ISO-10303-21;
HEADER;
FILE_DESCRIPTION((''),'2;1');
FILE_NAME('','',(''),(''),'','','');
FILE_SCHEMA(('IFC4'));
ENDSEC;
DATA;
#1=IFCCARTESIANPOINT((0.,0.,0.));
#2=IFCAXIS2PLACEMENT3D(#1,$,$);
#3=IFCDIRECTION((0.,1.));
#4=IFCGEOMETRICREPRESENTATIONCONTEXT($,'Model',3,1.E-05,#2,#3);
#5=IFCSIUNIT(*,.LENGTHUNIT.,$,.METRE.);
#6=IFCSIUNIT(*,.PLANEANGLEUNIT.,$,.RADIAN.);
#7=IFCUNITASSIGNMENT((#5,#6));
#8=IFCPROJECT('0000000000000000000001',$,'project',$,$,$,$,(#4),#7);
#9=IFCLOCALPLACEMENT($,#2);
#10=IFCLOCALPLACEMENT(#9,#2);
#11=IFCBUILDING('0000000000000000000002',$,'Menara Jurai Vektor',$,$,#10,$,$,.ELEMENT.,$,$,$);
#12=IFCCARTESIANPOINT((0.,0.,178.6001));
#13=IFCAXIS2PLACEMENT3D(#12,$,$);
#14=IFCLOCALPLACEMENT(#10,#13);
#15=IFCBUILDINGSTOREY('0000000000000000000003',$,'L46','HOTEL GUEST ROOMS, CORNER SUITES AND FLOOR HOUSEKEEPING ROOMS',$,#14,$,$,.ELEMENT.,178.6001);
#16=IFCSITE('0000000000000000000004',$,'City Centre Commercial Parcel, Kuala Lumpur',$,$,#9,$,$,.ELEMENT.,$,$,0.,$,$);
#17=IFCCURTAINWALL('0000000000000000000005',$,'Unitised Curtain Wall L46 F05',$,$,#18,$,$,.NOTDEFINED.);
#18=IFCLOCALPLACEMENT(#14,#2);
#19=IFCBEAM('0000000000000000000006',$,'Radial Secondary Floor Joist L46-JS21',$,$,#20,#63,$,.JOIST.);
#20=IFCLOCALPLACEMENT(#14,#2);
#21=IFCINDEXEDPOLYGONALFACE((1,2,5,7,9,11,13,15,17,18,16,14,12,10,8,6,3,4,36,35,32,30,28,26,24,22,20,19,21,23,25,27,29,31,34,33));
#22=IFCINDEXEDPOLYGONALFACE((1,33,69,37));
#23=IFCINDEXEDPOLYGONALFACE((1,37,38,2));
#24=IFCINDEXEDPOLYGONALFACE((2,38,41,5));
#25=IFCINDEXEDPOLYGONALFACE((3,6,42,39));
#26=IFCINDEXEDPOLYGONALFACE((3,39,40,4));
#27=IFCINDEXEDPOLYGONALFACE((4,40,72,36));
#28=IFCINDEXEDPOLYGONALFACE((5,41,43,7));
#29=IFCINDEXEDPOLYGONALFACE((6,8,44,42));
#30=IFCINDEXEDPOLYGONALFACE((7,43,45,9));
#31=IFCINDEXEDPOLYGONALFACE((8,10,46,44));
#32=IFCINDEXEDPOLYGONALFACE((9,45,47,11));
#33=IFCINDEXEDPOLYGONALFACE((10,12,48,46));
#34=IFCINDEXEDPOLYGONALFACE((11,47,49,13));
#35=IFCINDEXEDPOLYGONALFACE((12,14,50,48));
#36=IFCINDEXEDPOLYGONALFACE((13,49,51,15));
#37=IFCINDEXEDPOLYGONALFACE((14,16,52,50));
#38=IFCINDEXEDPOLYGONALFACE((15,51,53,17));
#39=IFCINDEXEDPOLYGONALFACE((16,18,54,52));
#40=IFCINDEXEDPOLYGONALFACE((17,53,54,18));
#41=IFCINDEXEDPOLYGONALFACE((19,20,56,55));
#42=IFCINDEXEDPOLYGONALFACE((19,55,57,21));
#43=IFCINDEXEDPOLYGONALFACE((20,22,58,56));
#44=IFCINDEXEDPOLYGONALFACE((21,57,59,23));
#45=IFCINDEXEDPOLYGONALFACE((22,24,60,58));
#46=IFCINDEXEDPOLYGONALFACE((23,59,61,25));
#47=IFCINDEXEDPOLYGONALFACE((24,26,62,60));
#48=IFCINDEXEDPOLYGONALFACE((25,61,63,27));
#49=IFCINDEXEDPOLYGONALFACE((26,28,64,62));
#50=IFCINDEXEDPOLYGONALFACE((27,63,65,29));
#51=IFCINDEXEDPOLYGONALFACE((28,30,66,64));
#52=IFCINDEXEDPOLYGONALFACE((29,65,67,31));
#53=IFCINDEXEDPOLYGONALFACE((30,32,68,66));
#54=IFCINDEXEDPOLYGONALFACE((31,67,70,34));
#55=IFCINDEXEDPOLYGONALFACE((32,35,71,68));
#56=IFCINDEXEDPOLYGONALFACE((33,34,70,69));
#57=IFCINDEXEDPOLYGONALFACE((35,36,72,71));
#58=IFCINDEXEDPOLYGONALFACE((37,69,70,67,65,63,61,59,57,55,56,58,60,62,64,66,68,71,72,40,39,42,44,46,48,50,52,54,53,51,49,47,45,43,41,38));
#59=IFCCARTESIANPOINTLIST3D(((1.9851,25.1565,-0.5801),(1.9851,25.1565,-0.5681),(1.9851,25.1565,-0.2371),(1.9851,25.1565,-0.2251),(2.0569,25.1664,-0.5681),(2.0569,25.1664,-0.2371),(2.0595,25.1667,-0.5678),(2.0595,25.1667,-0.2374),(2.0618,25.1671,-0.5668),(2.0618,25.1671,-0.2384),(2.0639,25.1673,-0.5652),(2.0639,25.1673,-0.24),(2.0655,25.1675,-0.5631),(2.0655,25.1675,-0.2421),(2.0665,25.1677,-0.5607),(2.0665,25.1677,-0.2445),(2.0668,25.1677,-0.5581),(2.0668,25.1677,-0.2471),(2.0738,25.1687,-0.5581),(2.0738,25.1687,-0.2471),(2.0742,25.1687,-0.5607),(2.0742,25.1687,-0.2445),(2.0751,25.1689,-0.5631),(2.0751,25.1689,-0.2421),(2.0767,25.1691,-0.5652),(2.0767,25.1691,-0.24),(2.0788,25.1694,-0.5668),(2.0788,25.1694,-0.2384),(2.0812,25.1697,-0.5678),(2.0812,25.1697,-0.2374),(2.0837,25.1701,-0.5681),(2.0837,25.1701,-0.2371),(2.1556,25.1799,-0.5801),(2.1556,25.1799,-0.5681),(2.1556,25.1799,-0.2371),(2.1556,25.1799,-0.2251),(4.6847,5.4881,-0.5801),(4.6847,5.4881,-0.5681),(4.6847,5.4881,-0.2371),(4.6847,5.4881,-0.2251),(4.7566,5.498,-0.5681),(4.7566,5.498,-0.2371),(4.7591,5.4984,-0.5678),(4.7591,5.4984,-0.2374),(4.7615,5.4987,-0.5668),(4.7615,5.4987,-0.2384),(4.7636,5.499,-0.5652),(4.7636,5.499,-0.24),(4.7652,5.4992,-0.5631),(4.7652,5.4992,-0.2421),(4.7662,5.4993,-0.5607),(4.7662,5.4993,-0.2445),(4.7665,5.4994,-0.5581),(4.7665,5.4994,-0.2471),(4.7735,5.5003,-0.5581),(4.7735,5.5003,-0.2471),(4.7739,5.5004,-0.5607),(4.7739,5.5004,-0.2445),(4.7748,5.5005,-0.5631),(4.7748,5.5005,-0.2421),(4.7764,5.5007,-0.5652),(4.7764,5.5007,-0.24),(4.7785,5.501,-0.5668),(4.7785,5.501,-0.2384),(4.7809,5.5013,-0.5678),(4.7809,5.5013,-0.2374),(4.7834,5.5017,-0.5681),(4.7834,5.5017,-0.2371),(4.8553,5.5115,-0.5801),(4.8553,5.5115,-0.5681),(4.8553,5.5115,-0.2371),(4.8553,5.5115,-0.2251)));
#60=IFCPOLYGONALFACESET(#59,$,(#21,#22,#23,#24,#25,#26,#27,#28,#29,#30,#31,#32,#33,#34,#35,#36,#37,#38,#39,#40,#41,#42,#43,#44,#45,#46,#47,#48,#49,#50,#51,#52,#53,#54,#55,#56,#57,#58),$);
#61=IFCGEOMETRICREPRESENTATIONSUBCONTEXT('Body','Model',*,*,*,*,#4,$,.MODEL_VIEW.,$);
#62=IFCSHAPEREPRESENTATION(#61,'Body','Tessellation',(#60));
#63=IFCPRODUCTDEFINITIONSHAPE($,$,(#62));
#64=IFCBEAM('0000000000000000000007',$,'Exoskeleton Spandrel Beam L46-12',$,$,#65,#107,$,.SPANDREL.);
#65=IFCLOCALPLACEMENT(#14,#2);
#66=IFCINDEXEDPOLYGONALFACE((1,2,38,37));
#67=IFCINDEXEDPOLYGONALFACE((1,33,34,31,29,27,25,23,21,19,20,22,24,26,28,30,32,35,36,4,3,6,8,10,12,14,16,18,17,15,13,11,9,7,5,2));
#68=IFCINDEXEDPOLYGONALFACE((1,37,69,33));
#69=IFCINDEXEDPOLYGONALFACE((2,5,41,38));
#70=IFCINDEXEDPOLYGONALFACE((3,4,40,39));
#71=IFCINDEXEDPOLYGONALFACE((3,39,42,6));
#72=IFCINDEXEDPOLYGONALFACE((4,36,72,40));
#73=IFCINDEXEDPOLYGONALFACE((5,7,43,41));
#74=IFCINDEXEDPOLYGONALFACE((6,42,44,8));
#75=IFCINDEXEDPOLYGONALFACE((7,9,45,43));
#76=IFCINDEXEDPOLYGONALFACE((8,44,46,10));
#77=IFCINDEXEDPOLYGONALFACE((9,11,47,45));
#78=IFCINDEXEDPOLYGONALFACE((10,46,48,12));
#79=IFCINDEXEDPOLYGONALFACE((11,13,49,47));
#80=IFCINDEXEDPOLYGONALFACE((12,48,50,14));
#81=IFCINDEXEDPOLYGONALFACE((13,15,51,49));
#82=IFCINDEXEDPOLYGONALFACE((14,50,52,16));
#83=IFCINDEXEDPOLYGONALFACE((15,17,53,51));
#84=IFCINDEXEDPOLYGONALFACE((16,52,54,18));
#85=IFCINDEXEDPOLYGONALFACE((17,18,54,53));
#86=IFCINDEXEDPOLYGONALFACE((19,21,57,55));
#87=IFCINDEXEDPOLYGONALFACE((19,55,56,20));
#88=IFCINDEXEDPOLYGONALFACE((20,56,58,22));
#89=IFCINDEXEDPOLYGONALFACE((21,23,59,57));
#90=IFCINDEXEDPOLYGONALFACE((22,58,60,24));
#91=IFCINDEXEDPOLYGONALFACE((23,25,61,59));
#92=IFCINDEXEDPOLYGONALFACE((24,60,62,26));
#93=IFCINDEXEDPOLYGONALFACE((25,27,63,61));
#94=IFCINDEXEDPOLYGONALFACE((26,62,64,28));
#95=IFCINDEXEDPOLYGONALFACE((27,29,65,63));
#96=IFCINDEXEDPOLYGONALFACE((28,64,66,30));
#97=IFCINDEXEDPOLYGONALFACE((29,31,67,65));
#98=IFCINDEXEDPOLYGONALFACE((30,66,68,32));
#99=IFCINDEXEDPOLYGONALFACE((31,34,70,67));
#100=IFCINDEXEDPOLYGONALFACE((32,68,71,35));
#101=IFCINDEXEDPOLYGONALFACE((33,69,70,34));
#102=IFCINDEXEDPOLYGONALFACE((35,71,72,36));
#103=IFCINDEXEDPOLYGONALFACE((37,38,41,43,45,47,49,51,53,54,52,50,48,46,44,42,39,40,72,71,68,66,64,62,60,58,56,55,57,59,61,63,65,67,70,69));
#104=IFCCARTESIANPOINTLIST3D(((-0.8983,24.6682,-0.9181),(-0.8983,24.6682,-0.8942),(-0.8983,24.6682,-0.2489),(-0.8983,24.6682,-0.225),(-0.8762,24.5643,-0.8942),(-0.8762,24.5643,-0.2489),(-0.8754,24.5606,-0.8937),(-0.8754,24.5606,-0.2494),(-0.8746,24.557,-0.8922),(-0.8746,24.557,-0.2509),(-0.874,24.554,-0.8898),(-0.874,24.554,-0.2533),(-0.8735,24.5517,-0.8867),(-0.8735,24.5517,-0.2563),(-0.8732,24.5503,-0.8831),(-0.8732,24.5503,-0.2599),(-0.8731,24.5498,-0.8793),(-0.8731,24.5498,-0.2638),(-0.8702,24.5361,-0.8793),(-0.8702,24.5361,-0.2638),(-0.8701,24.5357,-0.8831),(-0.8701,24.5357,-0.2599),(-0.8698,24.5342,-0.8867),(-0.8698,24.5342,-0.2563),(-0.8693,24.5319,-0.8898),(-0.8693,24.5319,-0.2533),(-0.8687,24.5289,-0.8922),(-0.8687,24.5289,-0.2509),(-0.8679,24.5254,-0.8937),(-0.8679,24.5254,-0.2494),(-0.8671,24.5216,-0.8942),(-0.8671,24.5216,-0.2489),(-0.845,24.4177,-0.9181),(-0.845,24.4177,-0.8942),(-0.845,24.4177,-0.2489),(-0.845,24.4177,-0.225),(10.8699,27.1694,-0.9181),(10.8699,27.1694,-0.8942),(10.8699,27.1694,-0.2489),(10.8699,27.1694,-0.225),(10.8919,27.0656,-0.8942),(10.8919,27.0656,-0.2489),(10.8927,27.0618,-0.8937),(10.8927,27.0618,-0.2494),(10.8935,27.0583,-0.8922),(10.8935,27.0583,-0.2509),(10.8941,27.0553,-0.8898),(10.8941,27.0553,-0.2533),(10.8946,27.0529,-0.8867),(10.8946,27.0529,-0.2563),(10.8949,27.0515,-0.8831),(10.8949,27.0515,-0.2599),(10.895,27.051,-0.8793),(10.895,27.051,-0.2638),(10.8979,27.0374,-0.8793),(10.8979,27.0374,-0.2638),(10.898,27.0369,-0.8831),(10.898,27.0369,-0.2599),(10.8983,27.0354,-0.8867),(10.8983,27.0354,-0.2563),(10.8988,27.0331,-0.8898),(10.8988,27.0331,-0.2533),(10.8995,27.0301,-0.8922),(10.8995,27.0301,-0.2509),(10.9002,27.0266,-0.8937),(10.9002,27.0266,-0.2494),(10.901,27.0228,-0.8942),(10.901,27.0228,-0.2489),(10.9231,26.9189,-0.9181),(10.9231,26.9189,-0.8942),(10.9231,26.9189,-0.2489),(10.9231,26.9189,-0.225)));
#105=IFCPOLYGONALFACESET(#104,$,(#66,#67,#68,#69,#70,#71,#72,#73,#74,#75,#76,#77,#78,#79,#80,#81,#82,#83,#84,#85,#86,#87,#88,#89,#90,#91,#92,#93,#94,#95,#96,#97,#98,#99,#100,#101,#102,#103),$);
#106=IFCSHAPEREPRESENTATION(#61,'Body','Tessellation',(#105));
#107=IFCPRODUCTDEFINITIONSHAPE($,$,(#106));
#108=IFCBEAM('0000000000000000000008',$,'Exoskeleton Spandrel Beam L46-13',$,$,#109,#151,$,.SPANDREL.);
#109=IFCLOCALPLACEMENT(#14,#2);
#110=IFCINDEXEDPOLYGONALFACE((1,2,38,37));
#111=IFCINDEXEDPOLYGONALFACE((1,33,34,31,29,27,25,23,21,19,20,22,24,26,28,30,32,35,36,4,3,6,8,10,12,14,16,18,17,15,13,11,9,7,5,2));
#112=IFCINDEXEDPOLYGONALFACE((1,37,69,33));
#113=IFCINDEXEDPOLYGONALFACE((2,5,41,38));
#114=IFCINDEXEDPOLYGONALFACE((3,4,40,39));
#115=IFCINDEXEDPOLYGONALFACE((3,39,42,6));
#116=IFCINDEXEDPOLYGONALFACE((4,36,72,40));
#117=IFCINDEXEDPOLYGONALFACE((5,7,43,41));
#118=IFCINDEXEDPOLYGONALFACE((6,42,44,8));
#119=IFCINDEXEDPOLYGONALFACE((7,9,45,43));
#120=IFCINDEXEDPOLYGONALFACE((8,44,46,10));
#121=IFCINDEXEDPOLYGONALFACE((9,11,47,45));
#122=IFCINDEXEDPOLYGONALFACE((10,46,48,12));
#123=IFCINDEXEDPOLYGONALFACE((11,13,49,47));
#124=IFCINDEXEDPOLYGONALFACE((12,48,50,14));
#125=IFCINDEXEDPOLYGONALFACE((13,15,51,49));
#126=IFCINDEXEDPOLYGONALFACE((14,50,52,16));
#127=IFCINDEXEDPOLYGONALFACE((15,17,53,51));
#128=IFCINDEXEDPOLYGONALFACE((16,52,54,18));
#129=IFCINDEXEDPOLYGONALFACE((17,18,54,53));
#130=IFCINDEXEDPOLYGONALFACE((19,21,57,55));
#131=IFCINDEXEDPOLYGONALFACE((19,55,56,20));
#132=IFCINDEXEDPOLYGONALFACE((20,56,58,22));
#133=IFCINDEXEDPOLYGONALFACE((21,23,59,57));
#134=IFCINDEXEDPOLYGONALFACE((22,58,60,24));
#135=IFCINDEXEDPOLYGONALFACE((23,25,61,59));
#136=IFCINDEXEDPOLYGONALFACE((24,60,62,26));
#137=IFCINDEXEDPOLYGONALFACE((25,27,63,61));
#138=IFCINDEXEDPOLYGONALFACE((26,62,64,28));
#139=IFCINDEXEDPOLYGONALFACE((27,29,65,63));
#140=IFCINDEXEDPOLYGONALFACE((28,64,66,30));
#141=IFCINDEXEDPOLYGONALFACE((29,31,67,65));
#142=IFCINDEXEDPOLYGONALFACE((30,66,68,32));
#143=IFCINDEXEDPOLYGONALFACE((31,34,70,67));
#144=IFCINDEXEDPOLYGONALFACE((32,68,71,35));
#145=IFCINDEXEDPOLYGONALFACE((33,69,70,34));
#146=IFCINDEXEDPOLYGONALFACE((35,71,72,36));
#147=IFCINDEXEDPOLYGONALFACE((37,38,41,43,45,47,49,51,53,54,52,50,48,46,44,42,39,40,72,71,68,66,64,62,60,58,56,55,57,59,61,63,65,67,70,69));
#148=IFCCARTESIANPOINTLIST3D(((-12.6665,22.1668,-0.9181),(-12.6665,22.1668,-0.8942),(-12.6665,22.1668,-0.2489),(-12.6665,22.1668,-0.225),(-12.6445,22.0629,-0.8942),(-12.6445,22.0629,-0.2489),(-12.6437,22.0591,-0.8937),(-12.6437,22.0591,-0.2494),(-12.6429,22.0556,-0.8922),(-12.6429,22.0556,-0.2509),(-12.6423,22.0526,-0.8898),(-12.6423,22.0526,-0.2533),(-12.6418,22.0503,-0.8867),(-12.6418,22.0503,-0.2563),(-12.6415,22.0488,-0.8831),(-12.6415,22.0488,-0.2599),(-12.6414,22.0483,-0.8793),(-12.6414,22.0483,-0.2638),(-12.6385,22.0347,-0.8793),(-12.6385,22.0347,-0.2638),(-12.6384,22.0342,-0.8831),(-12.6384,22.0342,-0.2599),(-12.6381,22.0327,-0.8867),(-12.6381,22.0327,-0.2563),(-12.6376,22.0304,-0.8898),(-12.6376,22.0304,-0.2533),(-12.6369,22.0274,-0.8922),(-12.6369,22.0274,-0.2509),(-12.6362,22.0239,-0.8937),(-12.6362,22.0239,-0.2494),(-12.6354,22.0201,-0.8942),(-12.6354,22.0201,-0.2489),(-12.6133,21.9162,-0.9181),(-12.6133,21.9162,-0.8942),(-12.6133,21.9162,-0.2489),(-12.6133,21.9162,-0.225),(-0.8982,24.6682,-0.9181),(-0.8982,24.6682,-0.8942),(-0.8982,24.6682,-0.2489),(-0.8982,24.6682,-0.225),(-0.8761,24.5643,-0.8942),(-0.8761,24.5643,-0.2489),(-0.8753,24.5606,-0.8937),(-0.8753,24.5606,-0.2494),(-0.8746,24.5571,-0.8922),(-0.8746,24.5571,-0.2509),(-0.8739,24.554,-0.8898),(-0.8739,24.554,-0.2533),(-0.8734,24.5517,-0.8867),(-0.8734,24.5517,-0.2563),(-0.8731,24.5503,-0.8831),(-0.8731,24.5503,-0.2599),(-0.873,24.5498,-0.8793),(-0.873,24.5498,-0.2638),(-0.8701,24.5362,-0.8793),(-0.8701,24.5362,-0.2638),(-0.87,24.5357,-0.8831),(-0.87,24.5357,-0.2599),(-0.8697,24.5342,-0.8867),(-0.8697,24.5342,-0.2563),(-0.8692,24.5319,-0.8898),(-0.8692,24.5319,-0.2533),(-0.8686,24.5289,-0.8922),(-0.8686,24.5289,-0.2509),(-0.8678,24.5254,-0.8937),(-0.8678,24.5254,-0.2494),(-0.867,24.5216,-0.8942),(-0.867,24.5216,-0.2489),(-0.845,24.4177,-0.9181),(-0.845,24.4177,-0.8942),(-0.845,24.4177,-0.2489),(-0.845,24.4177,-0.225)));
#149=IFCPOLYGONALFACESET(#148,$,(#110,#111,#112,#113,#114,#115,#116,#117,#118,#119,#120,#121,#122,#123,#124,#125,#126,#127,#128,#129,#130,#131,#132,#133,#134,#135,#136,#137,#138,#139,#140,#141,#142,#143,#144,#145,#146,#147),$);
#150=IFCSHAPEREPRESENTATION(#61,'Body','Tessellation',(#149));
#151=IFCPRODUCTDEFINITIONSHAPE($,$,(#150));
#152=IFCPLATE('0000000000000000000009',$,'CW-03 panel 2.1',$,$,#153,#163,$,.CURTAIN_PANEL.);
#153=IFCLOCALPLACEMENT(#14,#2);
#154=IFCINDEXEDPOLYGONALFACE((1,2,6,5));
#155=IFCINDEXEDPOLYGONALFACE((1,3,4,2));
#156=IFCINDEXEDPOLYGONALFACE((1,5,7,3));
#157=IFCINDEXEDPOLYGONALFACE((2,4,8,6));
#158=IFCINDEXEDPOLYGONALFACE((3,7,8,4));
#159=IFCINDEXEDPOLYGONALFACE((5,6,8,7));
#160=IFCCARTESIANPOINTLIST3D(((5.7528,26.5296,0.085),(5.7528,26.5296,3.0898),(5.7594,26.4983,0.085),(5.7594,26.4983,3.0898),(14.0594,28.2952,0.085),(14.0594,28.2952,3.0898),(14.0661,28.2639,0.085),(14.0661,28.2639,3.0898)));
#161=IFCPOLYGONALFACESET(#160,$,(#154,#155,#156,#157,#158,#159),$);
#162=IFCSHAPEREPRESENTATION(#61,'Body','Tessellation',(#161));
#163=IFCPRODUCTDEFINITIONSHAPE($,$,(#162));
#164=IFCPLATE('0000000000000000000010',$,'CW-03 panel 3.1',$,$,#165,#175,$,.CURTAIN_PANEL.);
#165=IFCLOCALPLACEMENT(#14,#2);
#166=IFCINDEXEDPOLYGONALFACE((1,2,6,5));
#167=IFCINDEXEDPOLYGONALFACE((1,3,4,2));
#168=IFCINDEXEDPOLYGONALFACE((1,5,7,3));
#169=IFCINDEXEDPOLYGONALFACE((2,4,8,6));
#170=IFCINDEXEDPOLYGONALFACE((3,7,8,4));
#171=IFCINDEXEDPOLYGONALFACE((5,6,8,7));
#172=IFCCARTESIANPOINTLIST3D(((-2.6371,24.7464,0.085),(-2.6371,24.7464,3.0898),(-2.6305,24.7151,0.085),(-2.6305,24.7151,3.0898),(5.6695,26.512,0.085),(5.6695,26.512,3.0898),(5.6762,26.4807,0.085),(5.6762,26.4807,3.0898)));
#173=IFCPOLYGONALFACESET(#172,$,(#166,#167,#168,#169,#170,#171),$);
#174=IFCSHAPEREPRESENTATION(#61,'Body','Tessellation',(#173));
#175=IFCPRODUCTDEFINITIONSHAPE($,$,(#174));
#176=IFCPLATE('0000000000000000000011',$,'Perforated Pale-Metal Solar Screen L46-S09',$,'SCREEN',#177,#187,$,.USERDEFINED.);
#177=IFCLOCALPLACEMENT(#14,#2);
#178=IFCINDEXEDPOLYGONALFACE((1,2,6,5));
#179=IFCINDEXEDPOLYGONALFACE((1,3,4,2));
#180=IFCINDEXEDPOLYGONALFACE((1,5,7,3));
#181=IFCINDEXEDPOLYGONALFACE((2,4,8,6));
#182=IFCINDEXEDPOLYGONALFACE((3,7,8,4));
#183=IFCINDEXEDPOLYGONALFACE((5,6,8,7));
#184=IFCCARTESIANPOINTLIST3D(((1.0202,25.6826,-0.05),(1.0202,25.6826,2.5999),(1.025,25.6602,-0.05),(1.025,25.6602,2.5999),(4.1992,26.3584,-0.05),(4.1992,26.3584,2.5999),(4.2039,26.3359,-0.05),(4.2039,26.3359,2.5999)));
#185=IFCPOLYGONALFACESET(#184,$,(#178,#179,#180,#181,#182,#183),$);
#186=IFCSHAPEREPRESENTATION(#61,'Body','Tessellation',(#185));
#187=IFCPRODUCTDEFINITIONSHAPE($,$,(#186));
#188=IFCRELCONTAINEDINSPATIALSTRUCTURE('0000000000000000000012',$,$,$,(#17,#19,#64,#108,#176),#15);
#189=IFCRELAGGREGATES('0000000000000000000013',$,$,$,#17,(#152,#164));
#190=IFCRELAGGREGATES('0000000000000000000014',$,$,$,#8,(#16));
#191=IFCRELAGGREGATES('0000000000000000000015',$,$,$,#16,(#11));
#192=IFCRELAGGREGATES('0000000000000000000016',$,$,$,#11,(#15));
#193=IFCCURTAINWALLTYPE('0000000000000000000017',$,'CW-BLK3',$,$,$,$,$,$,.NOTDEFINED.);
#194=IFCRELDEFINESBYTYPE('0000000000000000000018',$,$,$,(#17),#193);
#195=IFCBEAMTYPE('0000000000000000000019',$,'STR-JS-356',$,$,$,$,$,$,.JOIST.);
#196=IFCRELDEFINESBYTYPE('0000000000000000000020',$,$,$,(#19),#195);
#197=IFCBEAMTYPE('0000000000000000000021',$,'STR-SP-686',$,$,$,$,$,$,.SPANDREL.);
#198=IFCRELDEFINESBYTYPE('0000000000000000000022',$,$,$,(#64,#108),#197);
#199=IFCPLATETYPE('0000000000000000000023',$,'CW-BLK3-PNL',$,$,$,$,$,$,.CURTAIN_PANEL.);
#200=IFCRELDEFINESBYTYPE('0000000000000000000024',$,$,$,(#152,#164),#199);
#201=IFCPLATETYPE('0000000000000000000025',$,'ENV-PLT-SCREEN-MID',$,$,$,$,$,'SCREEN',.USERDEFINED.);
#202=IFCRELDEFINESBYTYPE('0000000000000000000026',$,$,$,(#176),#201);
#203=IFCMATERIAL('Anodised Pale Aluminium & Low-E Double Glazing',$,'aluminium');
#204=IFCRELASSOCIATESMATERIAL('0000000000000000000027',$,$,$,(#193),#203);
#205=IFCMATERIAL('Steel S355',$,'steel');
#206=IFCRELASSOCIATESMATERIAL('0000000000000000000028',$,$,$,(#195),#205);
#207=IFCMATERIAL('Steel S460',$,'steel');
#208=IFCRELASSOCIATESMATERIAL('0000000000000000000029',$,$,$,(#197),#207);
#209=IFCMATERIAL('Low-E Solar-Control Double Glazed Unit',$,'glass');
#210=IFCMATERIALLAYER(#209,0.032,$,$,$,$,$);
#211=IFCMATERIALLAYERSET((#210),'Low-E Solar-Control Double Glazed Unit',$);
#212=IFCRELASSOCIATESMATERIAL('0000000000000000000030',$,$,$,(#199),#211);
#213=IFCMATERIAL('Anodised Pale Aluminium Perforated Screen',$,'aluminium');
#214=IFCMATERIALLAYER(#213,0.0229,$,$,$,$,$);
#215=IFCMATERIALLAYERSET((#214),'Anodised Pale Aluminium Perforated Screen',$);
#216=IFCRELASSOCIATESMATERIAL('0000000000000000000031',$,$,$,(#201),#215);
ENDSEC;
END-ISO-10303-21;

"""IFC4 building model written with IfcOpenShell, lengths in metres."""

from ifc_helpers import new_model, si_unit, direction, frame, origin, origin_2d, place, context, subcontext, project, spatial, rectangle, i_section, extrude, material, layer, layer_set, material_profile, profile_set, type_object, element, aggregate, save


model = new_model("IFC4")

# Units and contexts
model_context = context("Model", 3, precision=1e-05, world=origin(), true_north=direction((0.0, 1.0)))
body_context = subcontext(model_context, "Body", "Model", "MODEL_VIEW")
ifc_project = project(units=[si_unit("LENGTHUNIT", "METRE"), si_unit("PLANEANGLEUNIT", "RADIAN")], contexts=[model_context])

# Site, building, storey
site_placement = place(None, origin())
site = spatial("IfcSite", under=ifc_project, at=site_placement, Name="City Centre Commercial Parcel, Kuala Lumpur", CompositionType="ELEMENT", RefElevation=0.0)
building_placement = place(site_placement, origin())
building = spatial("IfcBuilding", under=site, at=building_placement, Name="Menara Jurai Vektor", CompositionType="ELEMENT")
storey_placement = place(building_placement, frame((0.0, 0.0, 178.6001)))
storey = spatial("IfcBuildingStorey", under=building, at=storey_placement, Name="L46", Description="HOTEL GUEST ROOMS, CORNER SUITES AND FLOOR HOUSEKEEPING ROOMS", CompositionType="ELEMENT", Elevation=178.6001)

# Shared definitions
ifc_material_1 = material(Name="Steel S460", Category="steel")

# Curtain wall
ifc_material_2 = material(Name="Anodised Pale Aluminium & Low-E Double Glazing", Category="aluminium")
curtain_wall_type = type_object("IfcCurtainWallType", Name="CW-BLK3", PredefinedType="NOTDEFINED", material=ifc_material_2)
curtain_wall_placement = place(storey_placement, origin())
curtain_wall = element("IfcCurtainWall", 1, at=curtain_wall_placement, inside=storey, type_object=curtain_wall_type, Name="Unitised Curtain Wall L46 F05", PredefinedType="NOTDEFINED")

# Beams
ifc_material_3 = material(Name="Steel S355", Category="steel")
ifc_material_profile_1 = material_profile(ifc_material_3, i_section(OverallWidth=0.1721, OverallDepth=0.355, WebThickness=0.0071, FlangeThickness=0.012, FilletRadius=0.01, at=origin_2d()), Name="UKB 356x171x51")
ifc_profile_set_1 = profile_set([ifc_material_profile_1], Name="Steel S355")
beam_type_1 = type_object("IfcBeamType", Name="STR-JS-356", PredefinedType="JOIST", material=ifc_profile_set_1)
beam_1_placement = place(storey_placement, frame((2.0703, 25.1682, -0.4026), z_axis=(0.135986, -0.990711, 0.0), x_axis=(0.990711, 0.135986, 0.0)))
element("IfcBeam", 2, at=beam_1_placement, inside=storey, type_object=beam_type_1, Name="Radial Secondary Floor Joist L46-JS21", PredefinedType="JOIST", context=body_context, shape_type="SweptSolid", body=[
    extrude(i_section(OverallWidth=0.1721, OverallDepth=0.355, WebThickness=0.0071, FlangeThickness=0.012, FilletRadius=0.01, at=origin_2d()), origin(), (0.0, 0.0, 1.0), 19.8528),
])
ifc_material_profile_2 = material_profile(ifc_material_1, i_section(OverallWidth=0.2561, OverallDepth=0.6931, WebThickness=0.0139, FlangeThickness=0.0239, FilletRadius=0.0149, at=origin_2d()), Name="UKB 686x254x170")
ifc_profile_set_2 = profile_set([ifc_material_profile_2], Name="Steel S460")
beam_type_2 = type_object("IfcBeamType", Name="STR-SP-686", PredefinedType="SPANDREL", material=ifc_profile_set_2)
beam_2_placement = place(storey_placement, frame((10.8965, 27.0442, -0.5715), z_axis=(-0.97815, -0.207899, 0.0), x_axis=(0.207899, -0.97815, 0.0)))
element("IfcBeam", 3, at=beam_2_placement, inside=storey, type_object=beam_type_2, Name="Exoskeleton Spandrel Beam L46-12", PredefinedType="SPANDREL", context=body_context, shape_type="SweptSolid", body=[
    extrude(i_section(OverallWidth=0.2561, OverallDepth=0.6931, WebThickness=0.0139, FlangeThickness=0.0239, FilletRadius=0.0149, at=origin_2d()), origin(), (0.0, 0.0, 1.0), 12.031),
])
beam_3_placement = place(storey_placement, frame((-0.8716, 24.543, -0.5715), z_axis=(-0.978147, -0.207914, 0.0), x_axis=(0.207914, -0.978147, 0.0)))
element("IfcBeam", 4, at=beam_3_placement, inside=storey, type_object=beam_type_2, Name="Exoskeleton Spandrel Beam L46-13", PredefinedType="SPANDREL", context=body_context, shape_type="SweptSolid", body=[
    extrude(i_section(OverallWidth=0.2561, OverallDepth=0.6931, WebThickness=0.0139, FlangeThickness=0.0239, FilletRadius=0.0149, at=origin_2d()), origin(), (0.0, 0.0, 1.0), 12.0312),
])

# Plates
ifc_material_4 = material(Name="Low-E Solar-Control Double Glazed Unit", Category="glass")
ifc_layer_1 = layer(ifc_material_4, 0.032)
ifc_layer_set_1 = layer_set([ifc_layer_1], Name="Low-E Solar-Control Double Glazed Unit")
plate_type_1 = type_object("IfcPlateType", Name="CW-BLK3-PNL", PredefinedType="CURTAIN_PANEL", material=ifc_layer_set_1)
plate_1_placement = place(storey_placement, frame((9.9094, 27.3967, 0.085), z_axis=(0.0, 0.0, 1.0), x_axis=(-0.978148, -0.207911, 0.0)))
plate_1 = element("IfcPlate", 5, at=plate_1_placement, type_object=plate_type_1, Name="CW-03 panel 2.1", PredefinedType="CURTAIN_PANEL", context=body_context, shape_type="SweptSolid", body=[
    extrude(rectangle(XDim=8.4922, YDim=0.032, at=origin_2d()), origin(), (0.0, 0.0, 1.0), 3.0049),
])
plate_2_placement = place(storey_placement, frame((1.5195, 25.6135, 0.085), z_axis=(0.0, 0.0, 1.0), x_axis=(-0.978148, -0.207911, 0.0)))
plate_2 = element("IfcPlate", 6, at=plate_2_placement, type_object=plate_type_1, Name="CW-03 panel 3.1", PredefinedType="CURTAIN_PANEL", context=body_context, shape_type="SweptSolid", body=[
    extrude(rectangle(XDim=8.4922, YDim=0.032, at=origin_2d()), origin(), (0.0, 0.0, 1.0), 3.0049),
])
aggregate(curtain_wall, [plate_1, plate_2])
ifc_material_5 = material(Name="Anodised Pale Aluminium Perforated Screen", Category="aluminium")
ifc_layer_2 = layer(ifc_material_5, 0.0229)
ifc_layer_set_2 = layer_set([ifc_layer_2], Name="Anodised Pale Aluminium Perforated Screen")
plate_type_2 = type_object("IfcPlateType", Name="ENV-PLT-SCREEN-MID", ElementType="SCREEN", PredefinedType="USERDEFINED", material=ifc_layer_set_2)
plate_3_placement = place(storey_placement, frame((2.6121, 26.0093, -0.05), z_axis=(0.0, 0.0, 1.0), x_axis=(-0.978148, -0.207912, 0.0)))
element("IfcPlate", 7, at=plate_3_placement, inside=storey, type_object=plate_type_2, Name="Perforated Pale-Metal Solar Screen L46-S09", ObjectType="SCREEN", PredefinedType="USERDEFINED", context=body_context, shape_type="SweptSolid", body=[
    extrude(rectangle(XDim=3.25, YDim=0.0229, at=origin_2d()), origin(), (0.0, 0.0, 1.0), 2.6499),
])

save(model, "model.ifc")
